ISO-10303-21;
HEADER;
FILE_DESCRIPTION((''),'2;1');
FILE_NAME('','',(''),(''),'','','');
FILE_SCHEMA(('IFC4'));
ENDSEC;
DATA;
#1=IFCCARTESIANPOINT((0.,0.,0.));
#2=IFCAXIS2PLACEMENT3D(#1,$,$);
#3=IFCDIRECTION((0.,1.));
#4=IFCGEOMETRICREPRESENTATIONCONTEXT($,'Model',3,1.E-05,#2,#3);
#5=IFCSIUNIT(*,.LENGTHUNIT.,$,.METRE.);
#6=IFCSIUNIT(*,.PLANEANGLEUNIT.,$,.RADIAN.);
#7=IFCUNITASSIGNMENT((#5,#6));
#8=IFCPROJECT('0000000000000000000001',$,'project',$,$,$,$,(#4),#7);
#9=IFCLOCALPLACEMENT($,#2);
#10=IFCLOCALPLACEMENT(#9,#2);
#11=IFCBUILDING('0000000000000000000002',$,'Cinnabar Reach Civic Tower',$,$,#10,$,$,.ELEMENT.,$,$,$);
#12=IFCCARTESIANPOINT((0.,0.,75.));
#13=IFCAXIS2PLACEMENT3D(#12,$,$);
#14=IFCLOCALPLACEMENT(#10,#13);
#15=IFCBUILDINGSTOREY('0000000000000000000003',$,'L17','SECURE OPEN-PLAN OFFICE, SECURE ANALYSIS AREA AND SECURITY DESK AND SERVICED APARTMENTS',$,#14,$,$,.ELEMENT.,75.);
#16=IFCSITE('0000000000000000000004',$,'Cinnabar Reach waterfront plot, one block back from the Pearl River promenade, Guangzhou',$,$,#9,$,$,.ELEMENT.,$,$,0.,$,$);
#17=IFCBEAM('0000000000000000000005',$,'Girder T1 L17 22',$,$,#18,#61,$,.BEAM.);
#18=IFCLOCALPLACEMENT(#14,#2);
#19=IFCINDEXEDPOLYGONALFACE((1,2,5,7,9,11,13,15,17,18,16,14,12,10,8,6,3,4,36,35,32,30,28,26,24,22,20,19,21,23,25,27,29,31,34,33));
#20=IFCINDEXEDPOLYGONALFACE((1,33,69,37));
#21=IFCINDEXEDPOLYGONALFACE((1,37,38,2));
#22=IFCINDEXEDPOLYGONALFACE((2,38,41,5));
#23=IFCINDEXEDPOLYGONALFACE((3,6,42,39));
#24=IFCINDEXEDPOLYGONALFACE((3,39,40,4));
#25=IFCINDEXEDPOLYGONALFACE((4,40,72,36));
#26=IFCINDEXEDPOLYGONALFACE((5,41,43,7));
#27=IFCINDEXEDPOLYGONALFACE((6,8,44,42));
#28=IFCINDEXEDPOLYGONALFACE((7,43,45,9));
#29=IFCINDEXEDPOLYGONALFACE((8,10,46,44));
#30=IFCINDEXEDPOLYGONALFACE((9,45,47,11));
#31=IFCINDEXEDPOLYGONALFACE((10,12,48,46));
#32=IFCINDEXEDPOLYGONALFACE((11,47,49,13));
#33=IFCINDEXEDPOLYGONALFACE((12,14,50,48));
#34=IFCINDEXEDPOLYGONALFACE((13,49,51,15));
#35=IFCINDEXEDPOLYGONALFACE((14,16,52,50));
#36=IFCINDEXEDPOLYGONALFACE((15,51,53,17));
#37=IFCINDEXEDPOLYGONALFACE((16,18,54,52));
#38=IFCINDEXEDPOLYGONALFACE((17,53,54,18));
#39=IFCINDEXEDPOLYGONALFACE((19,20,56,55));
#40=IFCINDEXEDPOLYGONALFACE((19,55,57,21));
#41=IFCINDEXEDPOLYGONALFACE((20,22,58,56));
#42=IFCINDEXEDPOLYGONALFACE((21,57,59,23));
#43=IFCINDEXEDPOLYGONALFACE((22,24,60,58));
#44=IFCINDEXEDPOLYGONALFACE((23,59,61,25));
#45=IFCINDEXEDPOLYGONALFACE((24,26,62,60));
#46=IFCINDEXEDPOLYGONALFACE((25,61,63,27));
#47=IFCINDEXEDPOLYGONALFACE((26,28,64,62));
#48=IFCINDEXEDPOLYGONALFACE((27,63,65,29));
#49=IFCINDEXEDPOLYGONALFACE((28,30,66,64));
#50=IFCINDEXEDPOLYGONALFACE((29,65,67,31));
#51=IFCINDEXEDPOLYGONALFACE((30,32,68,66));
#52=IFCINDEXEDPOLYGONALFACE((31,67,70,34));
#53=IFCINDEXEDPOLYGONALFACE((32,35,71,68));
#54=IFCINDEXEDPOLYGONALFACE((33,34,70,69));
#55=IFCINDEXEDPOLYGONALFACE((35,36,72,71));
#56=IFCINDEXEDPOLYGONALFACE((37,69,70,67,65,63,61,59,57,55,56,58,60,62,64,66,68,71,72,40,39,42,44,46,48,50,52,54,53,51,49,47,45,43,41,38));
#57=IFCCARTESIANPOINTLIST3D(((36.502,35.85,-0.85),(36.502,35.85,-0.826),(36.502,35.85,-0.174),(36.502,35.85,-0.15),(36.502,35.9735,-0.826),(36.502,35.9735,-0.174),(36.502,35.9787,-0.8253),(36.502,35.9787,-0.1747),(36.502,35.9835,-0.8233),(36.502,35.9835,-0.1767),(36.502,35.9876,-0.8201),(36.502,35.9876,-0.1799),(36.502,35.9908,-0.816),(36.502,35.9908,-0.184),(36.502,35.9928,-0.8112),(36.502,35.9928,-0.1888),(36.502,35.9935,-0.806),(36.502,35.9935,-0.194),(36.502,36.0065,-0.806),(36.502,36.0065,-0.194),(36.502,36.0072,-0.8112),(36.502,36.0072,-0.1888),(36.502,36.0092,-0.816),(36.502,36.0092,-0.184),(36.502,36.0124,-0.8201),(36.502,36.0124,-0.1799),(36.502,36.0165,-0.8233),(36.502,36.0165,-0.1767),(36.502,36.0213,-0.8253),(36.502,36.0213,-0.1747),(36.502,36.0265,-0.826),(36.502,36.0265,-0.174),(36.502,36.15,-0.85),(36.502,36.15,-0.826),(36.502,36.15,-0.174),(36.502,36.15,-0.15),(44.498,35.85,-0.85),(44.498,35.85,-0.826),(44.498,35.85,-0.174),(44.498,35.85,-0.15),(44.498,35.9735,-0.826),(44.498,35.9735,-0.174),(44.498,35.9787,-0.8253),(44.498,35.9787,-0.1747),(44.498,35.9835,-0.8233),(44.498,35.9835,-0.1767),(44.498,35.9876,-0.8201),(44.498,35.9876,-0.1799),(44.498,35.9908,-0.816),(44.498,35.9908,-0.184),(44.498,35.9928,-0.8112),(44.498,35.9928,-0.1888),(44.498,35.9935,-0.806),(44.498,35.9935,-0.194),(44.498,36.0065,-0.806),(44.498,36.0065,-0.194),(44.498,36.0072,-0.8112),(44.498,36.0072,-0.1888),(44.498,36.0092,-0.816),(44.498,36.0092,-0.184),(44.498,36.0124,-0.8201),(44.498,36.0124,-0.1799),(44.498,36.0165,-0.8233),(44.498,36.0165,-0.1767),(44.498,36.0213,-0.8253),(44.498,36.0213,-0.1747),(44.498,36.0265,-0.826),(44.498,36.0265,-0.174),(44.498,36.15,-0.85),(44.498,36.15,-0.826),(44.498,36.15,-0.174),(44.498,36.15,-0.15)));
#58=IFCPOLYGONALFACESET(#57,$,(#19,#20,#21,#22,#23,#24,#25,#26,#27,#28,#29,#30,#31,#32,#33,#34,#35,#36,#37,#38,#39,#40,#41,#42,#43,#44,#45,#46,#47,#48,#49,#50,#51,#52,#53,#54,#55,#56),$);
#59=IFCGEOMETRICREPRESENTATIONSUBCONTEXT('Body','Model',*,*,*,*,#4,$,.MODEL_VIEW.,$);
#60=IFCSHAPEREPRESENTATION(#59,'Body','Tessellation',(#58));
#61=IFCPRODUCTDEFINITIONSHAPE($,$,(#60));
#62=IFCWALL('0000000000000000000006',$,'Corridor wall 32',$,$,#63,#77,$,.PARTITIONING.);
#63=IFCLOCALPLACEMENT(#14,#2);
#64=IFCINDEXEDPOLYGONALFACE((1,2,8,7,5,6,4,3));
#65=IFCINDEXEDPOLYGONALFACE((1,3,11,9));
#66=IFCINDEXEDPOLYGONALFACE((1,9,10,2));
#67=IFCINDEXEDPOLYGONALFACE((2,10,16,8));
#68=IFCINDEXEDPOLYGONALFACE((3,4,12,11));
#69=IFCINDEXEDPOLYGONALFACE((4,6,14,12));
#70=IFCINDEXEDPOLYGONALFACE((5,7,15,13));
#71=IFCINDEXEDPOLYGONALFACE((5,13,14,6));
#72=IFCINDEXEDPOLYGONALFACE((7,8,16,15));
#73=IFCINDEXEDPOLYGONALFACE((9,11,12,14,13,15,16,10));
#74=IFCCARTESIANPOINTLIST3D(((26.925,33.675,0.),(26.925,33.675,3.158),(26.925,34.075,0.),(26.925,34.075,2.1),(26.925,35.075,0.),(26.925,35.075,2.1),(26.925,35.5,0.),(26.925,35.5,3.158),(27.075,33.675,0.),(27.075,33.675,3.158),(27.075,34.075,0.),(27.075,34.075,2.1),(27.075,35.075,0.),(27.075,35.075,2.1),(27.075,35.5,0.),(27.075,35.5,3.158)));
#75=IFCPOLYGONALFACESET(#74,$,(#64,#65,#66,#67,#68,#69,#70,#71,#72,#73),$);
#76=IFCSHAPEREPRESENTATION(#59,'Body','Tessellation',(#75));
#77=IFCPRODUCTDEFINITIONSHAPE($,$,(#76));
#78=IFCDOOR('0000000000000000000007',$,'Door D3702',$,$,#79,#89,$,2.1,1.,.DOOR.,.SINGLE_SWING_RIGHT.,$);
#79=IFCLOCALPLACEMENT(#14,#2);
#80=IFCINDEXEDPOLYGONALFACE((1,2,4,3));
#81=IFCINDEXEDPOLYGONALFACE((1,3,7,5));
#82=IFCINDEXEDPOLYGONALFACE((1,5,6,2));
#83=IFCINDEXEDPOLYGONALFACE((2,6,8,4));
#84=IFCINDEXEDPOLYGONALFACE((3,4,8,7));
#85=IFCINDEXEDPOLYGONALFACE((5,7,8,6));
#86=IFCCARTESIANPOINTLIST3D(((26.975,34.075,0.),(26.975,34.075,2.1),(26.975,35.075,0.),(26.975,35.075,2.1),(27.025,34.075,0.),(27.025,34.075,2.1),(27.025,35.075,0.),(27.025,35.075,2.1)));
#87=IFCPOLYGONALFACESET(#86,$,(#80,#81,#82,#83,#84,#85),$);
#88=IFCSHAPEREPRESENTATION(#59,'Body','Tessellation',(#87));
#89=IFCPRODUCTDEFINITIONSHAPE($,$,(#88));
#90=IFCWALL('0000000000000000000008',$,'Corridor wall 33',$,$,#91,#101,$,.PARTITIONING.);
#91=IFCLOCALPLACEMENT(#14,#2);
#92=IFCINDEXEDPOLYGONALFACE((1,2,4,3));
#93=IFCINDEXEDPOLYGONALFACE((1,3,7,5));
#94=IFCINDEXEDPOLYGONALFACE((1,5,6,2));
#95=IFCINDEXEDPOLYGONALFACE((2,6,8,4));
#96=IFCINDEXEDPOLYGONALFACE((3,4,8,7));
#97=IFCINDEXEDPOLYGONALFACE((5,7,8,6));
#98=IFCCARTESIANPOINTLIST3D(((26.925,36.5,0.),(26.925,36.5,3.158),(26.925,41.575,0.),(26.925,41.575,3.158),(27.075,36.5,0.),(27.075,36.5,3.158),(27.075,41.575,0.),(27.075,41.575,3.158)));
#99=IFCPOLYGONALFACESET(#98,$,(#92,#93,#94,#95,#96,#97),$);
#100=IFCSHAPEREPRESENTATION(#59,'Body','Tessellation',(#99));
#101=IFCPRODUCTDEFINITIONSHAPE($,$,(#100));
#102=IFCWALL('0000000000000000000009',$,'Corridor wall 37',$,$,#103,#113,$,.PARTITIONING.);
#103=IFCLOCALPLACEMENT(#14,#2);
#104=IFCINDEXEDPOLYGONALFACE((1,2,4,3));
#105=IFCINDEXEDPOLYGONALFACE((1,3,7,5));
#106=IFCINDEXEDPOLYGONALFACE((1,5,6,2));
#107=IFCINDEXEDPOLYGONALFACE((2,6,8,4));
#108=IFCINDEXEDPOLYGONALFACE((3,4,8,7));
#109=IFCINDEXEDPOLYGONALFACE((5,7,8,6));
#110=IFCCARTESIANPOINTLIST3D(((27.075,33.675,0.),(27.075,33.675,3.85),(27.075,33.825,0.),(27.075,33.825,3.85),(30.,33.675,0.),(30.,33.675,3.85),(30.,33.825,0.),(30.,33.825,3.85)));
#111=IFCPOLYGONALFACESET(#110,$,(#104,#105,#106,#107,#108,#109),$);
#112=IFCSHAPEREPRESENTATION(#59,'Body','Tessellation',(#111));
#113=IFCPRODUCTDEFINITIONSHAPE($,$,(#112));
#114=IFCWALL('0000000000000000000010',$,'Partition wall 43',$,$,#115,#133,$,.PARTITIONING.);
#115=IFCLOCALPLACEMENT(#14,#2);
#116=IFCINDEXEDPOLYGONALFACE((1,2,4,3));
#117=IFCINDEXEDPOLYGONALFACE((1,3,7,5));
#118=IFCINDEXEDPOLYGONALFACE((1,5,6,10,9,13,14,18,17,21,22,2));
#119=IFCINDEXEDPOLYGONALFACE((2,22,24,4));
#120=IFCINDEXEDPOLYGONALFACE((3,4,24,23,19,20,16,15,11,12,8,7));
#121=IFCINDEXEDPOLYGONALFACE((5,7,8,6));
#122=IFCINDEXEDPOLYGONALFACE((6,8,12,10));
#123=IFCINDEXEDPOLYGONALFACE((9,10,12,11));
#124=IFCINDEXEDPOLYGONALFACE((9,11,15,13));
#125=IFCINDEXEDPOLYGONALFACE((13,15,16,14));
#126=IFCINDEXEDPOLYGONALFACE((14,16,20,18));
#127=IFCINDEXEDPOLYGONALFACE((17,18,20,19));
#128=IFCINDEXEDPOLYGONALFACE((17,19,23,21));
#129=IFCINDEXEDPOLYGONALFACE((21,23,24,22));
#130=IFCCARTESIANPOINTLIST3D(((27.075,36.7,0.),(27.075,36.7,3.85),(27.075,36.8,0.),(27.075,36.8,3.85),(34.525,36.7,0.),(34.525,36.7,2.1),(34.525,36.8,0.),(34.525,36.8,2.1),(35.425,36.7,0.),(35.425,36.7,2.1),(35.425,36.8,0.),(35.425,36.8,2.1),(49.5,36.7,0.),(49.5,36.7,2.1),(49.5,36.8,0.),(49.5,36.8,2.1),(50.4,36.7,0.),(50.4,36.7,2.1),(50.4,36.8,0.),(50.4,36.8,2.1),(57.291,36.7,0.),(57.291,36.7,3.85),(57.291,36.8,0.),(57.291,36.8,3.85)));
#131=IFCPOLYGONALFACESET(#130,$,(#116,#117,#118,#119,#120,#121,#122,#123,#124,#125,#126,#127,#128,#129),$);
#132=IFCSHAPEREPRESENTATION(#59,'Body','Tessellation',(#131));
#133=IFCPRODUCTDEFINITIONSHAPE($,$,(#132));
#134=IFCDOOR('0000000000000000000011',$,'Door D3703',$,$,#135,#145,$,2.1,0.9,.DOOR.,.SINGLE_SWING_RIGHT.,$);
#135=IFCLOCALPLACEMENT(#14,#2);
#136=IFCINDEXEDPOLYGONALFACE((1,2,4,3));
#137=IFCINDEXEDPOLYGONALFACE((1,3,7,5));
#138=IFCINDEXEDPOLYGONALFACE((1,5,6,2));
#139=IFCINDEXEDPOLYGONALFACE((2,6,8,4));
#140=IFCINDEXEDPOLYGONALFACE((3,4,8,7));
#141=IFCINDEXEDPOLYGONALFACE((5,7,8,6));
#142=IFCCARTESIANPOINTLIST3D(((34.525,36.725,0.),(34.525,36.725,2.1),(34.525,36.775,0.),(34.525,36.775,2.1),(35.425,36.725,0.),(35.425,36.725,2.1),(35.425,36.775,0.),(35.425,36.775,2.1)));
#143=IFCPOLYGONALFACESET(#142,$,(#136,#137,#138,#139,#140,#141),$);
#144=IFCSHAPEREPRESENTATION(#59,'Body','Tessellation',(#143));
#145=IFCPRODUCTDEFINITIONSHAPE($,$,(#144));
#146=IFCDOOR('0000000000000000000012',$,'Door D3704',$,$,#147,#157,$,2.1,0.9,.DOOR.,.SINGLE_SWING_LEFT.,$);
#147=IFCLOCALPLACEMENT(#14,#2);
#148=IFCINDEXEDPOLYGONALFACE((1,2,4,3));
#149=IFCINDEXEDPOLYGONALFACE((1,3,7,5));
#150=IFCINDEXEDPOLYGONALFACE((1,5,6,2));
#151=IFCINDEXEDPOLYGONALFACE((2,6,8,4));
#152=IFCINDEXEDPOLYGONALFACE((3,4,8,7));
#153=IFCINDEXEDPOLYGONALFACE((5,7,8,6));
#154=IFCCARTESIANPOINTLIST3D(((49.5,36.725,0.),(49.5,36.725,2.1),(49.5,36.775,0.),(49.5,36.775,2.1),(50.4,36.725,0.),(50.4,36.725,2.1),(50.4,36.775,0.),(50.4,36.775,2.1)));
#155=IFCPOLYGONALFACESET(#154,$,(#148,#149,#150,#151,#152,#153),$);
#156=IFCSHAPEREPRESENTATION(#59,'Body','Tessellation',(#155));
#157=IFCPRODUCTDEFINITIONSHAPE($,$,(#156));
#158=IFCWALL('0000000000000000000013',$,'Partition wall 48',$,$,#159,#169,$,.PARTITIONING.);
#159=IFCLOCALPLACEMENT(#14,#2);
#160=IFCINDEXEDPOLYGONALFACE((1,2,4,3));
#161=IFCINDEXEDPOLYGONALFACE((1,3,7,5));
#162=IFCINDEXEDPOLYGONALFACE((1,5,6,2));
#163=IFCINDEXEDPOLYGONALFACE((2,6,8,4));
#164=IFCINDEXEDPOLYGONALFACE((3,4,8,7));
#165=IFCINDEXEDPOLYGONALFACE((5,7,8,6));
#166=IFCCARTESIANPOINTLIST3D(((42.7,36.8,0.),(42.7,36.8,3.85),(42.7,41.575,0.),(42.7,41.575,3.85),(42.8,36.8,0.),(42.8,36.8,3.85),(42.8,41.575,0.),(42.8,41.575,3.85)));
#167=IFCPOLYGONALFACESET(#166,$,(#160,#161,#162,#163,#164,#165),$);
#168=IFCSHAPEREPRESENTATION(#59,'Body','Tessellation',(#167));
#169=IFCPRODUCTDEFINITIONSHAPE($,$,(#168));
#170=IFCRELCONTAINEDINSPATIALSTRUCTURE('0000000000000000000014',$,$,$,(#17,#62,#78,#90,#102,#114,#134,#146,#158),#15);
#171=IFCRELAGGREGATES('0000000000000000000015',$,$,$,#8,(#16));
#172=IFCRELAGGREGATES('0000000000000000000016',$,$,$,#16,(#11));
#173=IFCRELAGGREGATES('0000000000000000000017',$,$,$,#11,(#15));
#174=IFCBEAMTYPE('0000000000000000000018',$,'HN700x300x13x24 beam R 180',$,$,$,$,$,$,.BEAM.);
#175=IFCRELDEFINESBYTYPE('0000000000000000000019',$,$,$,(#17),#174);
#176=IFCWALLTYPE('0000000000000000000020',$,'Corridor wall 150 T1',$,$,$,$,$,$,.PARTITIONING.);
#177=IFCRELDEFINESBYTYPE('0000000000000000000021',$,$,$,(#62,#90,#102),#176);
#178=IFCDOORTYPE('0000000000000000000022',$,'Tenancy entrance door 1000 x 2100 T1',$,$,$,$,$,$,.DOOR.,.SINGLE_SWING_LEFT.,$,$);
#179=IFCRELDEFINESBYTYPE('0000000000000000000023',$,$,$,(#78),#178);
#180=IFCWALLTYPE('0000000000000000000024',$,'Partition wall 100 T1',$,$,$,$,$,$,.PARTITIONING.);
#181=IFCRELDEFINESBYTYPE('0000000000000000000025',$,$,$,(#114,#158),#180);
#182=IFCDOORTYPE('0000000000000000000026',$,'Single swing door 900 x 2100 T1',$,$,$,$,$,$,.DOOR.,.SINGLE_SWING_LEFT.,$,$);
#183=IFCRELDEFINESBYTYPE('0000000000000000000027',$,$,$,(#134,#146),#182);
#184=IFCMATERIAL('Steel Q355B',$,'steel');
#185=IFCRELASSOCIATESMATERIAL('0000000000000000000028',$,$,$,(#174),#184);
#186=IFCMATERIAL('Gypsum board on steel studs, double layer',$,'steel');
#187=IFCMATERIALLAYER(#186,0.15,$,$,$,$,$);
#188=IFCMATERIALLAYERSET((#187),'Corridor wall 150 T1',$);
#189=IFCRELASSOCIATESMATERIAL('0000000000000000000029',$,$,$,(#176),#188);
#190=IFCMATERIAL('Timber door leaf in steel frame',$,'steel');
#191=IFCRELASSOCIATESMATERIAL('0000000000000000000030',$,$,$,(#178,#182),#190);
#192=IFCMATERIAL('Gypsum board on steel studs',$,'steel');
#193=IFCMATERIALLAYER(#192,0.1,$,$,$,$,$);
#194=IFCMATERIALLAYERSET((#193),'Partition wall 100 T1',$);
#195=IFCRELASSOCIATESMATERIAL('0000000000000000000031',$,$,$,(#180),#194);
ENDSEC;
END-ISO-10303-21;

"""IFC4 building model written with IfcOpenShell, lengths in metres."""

from ifc_helpers import new_model, si_unit, direction, frame, frame_2d, origin, origin_2d, place, context, subcontext, project, spatial, rectangle, i_section, extrude, material, layer, layer_set, material_profile, profile_set, type_object, element, fill, save


model = new_model("IFC4")

# Units and contexts
model_context = context("Model", 3, precision=1e-05, world=origin(), true_north=direction((0.0, 1.0)))
body_context = subcontext(model_context, "Body", "Model", "MODEL_VIEW")
ifc_project = project(units=[si_unit("LENGTHUNIT", "METRE"), si_unit("PLANEANGLEUNIT", "RADIAN")], contexts=[model_context])

# Site, building, storey
site_placement = place(None, origin())
site = spatial("IfcSite", under=ifc_project, at=site_placement, Name="Cinnabar Reach waterfront plot, one block back from the Pearl River promenade, Guangzhou", CompositionType="ELEMENT", RefElevation=0.0)
building_placement = place(site_placement, origin())
building = spatial("IfcBuilding", under=site, at=building_placement, Name="Cinnabar Reach Civic Tower", CompositionType="ELEMENT")
storey_placement = place(building_placement, frame((0.0, 0.0, 75.0)))
storey = spatial("IfcBuildingStorey", under=building, at=storey_placement, Name="L17", Description="SECURE OPEN-PLAN OFFICE, SECURE ANALYSIS AREA AND SECURITY DESK AND SERVICED APARTMENTS", CompositionType="ELEMENT", Elevation=75.0)

# Beam
ifc_material_1 = material(Name="Steel Q355B", Category="steel")
ifc_material_profile_1 = material_profile(ifc_material_1, i_section(OverallWidth=0.3, OverallDepth=0.7, WebThickness=0.013, FlangeThickness=0.024, FilletRadius=0.02, at=origin_2d()), Name="HN700x300x13x24")
ifc_profile_set_1 = profile_set([ifc_material_profile_1], Name="Steel Q355B")
beam_type_1 = type_object("IfcBeamType", Name="HN700x300x13x24 beam R 180", PredefinedType="BEAM", material=ifc_profile_set_1)
for number, where, z_axis, x_axis, name in (
    (1, (36.502, 36.0, -0.5), (1.0, 0.0, 0.0), (0.0, 1.0, 0.0), "Girder T1 L17 22"),
):
    element("IfcBeam", number, at=place(storey_placement, frame(where, z_axis=z_axis, x_axis=x_axis)), inside=storey, type_object=beam_type_1, Name=name, PredefinedType="BEAM", context=body_context, shape_type="SweptSolid", body=[
        extrude(i_section(OverallWidth=0.3, OverallDepth=0.7, WebThickness=0.013, FlangeThickness=0.024, FilletRadius=0.02, at=origin_2d()), origin(), (0.0, 0.0, 1.0), 7.996),
    ])

# Wall, opening, door
ifc_material_2 = material(Name="Gypsum board on steel studs, double layer", Category="steel")
ifc_layer_1 = layer(ifc_material_2, 0.15)
ifc_layer_set_1 = layer_set([ifc_layer_1], Name="Corridor wall 150 T1")
wall_type_1 = type_object("IfcWallType", Name="Corridor wall 150 T1", PredefinedType="PARTITIONING", material=ifc_layer_set_1)
wall_1_placement = place(storey_placement, frame((27.0, 33.675, 0.0), z_axis=(0.0, 0.0, 1.0), x_axis=(0.0, 1.0, 0.0)))
wall_1 = element("IfcWall", 2, at=wall_1_placement, inside=storey, type_object=wall_type_1, Name="Corridor wall 32", PredefinedType="PARTITIONING", context=body_context, shape_type="SweptSolid", body=[
    extrude(rectangle(XDim=1.825, YDim=0.15, at=frame_2d((0.9125, 0.0))), origin(), (0.0, 0.0, 1.0), 3.158),
])
opening_1_placement = place(wall_1_placement, frame((0.4, 0.0, 0.0)))
opening_1 = element("IfcOpeningElement", 3, at=opening_1_placement, cuts=wall_1, PredefinedType="OPENING", context=body_context, shape_type="SweptSolid", body=[
    extrude(rectangle(XDim=1.0, YDim=2.1, at=frame_2d((0.5, 1.05))), frame((0.0, 0.085, 0.0), z_axis=(0.0, -1.0, 0.0), x_axis=(1.0, 0.0, 0.0)), (0.0, 0.0, 1.0), 0.17),
])
ifc_material_3 = material(Name="Timber door leaf in steel frame", Category="steel")
door_type_1 = type_object("IfcDoorType", Name="Tenancy entrance door 1000 x 2100 T1", OperationType="SINGLE_SWING_LEFT", PredefinedType="DOOR", material=ifc_material_3)
door_1_placement = place(opening_1_placement, frame((1.0, 0.0, 0.0), z_axis=(0.0, 0.0, 1.0), x_axis=(-1.0, 0.0, 0.0)))
door_1 = element("IfcDoor", 4, at=door_1_placement, inside=storey, type_object=door_type_1, Name="Door D3702", OperationType="SINGLE_SWING_RIGHT", OverallHeight=2.1, OverallWidth=1.0, PredefinedType="DOOR", context=body_context, shape_type="SweptSolid", body=[
    extrude(rectangle(XDim=1.0, YDim=2.1, at=frame_2d((0.5, 1.05))), frame((0.0, 0.025, 0.0), z_axis=(0.0, -1.0, 0.0), x_axis=(1.0, 0.0, 0.0)), (0.0, 0.0, 1.0), 0.05),
])
fill(opening_1, door_1)

# Walls
wall_2_placement = place(storey_placement, frame((27.0, 36.5, 0.0), z_axis=(0.0, 0.0, 1.0), x_axis=(0.0, 1.0, 0.0)))
element("IfcWall", 5, at=wall_2_placement, inside=storey, type_object=wall_type_1, Name="Corridor wall 33", PredefinedType="PARTITIONING", context=body_context, shape_type="SweptSolid", body=[
    extrude(rectangle(XDim=5.075, YDim=0.15, at=frame_2d((2.5375, 0.0))), origin(), (0.0, 0.0, 1.0), 3.158),
])
wall_3_placement = place(storey_placement, frame((27.075, 33.75, 0.0), z_axis=(0.0, 0.0, 1.0), x_axis=(1.0, 0.0, 0.0)))
element("IfcWall", 6, at=wall_3_placement, inside=storey, type_object=wall_type_1, Name="Corridor wall 37", PredefinedType="PARTITIONING", context=body_context, shape_type="SweptSolid", body=[
    extrude(rectangle(XDim=2.925, YDim=0.15, at=frame_2d((1.4625, 0.0))), origin(), (0.0, 0.0, 1.0), 3.85),
])

# Wall, openings, doors
ifc_material_4 = material(Name="Gypsum board on steel studs", Category="steel")
ifc_layer_2 = layer(ifc_material_4, 0.1)
ifc_layer_set_2 = layer_set([ifc_layer_2], Name="Partition wall 100 T1")
wall_type_2 = type_object("IfcWallType", Name="Partition wall 100 T1", PredefinedType="PARTITIONING", material=ifc_layer_set_2)
wall_4_placement = place(storey_placement, frame((27.075, 36.75, 0.0), z_axis=(0.0, 0.0, 1.0), x_axis=(1.0, 0.0, 0.0)))
wall_4 = element("IfcWall", 7, at=wall_4_placement, inside=storey, type_object=wall_type_2, Name="Partition wall 43", PredefinedType="PARTITIONING", context=body_context, shape_type="SweptSolid", body=[
    extrude(rectangle(XDim=30.2159, YDim=0.1, at=frame_2d((15.108, 0.0))), origin(), (0.0, 0.0, 1.0), 3.85),
])
opening_2_placement = place(wall_4_placement, frame((7.45, 0.0, 0.0)))
opening_2 = element("IfcOpeningElement", 8, at=opening_2_placement, cuts=wall_4, PredefinedType="OPENING", context=body_context, shape_type="SweptSolid", body=[
    extrude(rectangle(XDim=0.9, YDim=2.1, at=frame_2d((0.45, 1.05))), frame((0.0, 0.06, 0.0), z_axis=(0.0, -1.0, 0.0), x_axis=(1.0, 0.0, 0.0)), (0.0, 0.0, 1.0), 0.12),
])
opening_3_placement = place(wall_4_placement, frame((22.425, 0.0, 0.0)))
opening_3 = element("IfcOpeningElement", 9, at=opening_3_placement, cuts=wall_4, PredefinedType="OPENING", context=body_context, shape_type="SweptSolid", body=[
    extrude(rectangle(XDim=0.9, YDim=2.1, at=frame_2d((0.45, 1.05))), frame((0.0, 0.06, 0.0), z_axis=(0.0, -1.0, 0.0), x_axis=(1.0, 0.0, 0.0)), (0.0, 0.0, 1.0), 0.12),
])
door_type_2 = type_object("IfcDoorType", Name="Single swing door 900 x 2100 T1", OperationType="SINGLE_SWING_LEFT", PredefinedType="DOOR", material=ifc_material_3)
door_2_placement = place(opening_2_placement, origin())
door_2 = element("IfcDoor", 10, at=door_2_placement, inside=storey, type_object=door_type_2, Name="Door D3703", OperationType="SINGLE_SWING_RIGHT", OverallHeight=2.1, OverallWidth=0.9, PredefinedType="DOOR", context=body_context, shape_type="SweptSolid", body=[
    extrude(rectangle(XDim=0.9, YDim=2.1, at=frame_2d((0.45, 1.05))), frame((0.0, 0.025, 0.0), z_axis=(0.0, -1.0, 0.0), x_axis=(1.0, 0.0, 0.0)), (0.0, 0.0, 1.0), 0.05),
])
fill(opening_2, door_2)
door_3_placement = place(opening_3_placement, origin())
door_3 = element("IfcDoor", 11, at=door_3_placement, inside=storey, type_object=door_type_2, Name="Door D3704", OperationType="SINGLE_SWING_LEFT", OverallHeight=2.1, OverallWidth=0.9, PredefinedType="DOOR", context=body_context, shape_type="SweptSolid", body=[
    extrude(rectangle(XDim=0.9, YDim=2.1, at=frame_2d((0.45, 1.05))), frame((0.0, 0.025, 0.0), z_axis=(0.0, -1.0, 0.0), x_axis=(1.0, 0.0, 0.0)), (0.0, 0.0, 1.0), 0.05),
])
fill(opening_3, door_3)

# Wall
wall_5_placement = place(storey_placement, frame((42.75, 36.8, 0.0), z_axis=(0.0, 0.0, 1.0), x_axis=(0.0, 1.0, 0.0)))
element("IfcWall", 12, at=wall_5_placement, inside=storey, type_object=wall_type_2, Name="Partition wall 48", PredefinedType="PARTITIONING", context=body_context, shape_type="SweptSolid", body=[
    extrude(rectangle(XDim=4.775, YDim=0.1, at=frame_2d((2.3875, 0.0))), origin(), (0.0, 0.0, 1.0), 3.85),
])

save(model, "model.ifc")
